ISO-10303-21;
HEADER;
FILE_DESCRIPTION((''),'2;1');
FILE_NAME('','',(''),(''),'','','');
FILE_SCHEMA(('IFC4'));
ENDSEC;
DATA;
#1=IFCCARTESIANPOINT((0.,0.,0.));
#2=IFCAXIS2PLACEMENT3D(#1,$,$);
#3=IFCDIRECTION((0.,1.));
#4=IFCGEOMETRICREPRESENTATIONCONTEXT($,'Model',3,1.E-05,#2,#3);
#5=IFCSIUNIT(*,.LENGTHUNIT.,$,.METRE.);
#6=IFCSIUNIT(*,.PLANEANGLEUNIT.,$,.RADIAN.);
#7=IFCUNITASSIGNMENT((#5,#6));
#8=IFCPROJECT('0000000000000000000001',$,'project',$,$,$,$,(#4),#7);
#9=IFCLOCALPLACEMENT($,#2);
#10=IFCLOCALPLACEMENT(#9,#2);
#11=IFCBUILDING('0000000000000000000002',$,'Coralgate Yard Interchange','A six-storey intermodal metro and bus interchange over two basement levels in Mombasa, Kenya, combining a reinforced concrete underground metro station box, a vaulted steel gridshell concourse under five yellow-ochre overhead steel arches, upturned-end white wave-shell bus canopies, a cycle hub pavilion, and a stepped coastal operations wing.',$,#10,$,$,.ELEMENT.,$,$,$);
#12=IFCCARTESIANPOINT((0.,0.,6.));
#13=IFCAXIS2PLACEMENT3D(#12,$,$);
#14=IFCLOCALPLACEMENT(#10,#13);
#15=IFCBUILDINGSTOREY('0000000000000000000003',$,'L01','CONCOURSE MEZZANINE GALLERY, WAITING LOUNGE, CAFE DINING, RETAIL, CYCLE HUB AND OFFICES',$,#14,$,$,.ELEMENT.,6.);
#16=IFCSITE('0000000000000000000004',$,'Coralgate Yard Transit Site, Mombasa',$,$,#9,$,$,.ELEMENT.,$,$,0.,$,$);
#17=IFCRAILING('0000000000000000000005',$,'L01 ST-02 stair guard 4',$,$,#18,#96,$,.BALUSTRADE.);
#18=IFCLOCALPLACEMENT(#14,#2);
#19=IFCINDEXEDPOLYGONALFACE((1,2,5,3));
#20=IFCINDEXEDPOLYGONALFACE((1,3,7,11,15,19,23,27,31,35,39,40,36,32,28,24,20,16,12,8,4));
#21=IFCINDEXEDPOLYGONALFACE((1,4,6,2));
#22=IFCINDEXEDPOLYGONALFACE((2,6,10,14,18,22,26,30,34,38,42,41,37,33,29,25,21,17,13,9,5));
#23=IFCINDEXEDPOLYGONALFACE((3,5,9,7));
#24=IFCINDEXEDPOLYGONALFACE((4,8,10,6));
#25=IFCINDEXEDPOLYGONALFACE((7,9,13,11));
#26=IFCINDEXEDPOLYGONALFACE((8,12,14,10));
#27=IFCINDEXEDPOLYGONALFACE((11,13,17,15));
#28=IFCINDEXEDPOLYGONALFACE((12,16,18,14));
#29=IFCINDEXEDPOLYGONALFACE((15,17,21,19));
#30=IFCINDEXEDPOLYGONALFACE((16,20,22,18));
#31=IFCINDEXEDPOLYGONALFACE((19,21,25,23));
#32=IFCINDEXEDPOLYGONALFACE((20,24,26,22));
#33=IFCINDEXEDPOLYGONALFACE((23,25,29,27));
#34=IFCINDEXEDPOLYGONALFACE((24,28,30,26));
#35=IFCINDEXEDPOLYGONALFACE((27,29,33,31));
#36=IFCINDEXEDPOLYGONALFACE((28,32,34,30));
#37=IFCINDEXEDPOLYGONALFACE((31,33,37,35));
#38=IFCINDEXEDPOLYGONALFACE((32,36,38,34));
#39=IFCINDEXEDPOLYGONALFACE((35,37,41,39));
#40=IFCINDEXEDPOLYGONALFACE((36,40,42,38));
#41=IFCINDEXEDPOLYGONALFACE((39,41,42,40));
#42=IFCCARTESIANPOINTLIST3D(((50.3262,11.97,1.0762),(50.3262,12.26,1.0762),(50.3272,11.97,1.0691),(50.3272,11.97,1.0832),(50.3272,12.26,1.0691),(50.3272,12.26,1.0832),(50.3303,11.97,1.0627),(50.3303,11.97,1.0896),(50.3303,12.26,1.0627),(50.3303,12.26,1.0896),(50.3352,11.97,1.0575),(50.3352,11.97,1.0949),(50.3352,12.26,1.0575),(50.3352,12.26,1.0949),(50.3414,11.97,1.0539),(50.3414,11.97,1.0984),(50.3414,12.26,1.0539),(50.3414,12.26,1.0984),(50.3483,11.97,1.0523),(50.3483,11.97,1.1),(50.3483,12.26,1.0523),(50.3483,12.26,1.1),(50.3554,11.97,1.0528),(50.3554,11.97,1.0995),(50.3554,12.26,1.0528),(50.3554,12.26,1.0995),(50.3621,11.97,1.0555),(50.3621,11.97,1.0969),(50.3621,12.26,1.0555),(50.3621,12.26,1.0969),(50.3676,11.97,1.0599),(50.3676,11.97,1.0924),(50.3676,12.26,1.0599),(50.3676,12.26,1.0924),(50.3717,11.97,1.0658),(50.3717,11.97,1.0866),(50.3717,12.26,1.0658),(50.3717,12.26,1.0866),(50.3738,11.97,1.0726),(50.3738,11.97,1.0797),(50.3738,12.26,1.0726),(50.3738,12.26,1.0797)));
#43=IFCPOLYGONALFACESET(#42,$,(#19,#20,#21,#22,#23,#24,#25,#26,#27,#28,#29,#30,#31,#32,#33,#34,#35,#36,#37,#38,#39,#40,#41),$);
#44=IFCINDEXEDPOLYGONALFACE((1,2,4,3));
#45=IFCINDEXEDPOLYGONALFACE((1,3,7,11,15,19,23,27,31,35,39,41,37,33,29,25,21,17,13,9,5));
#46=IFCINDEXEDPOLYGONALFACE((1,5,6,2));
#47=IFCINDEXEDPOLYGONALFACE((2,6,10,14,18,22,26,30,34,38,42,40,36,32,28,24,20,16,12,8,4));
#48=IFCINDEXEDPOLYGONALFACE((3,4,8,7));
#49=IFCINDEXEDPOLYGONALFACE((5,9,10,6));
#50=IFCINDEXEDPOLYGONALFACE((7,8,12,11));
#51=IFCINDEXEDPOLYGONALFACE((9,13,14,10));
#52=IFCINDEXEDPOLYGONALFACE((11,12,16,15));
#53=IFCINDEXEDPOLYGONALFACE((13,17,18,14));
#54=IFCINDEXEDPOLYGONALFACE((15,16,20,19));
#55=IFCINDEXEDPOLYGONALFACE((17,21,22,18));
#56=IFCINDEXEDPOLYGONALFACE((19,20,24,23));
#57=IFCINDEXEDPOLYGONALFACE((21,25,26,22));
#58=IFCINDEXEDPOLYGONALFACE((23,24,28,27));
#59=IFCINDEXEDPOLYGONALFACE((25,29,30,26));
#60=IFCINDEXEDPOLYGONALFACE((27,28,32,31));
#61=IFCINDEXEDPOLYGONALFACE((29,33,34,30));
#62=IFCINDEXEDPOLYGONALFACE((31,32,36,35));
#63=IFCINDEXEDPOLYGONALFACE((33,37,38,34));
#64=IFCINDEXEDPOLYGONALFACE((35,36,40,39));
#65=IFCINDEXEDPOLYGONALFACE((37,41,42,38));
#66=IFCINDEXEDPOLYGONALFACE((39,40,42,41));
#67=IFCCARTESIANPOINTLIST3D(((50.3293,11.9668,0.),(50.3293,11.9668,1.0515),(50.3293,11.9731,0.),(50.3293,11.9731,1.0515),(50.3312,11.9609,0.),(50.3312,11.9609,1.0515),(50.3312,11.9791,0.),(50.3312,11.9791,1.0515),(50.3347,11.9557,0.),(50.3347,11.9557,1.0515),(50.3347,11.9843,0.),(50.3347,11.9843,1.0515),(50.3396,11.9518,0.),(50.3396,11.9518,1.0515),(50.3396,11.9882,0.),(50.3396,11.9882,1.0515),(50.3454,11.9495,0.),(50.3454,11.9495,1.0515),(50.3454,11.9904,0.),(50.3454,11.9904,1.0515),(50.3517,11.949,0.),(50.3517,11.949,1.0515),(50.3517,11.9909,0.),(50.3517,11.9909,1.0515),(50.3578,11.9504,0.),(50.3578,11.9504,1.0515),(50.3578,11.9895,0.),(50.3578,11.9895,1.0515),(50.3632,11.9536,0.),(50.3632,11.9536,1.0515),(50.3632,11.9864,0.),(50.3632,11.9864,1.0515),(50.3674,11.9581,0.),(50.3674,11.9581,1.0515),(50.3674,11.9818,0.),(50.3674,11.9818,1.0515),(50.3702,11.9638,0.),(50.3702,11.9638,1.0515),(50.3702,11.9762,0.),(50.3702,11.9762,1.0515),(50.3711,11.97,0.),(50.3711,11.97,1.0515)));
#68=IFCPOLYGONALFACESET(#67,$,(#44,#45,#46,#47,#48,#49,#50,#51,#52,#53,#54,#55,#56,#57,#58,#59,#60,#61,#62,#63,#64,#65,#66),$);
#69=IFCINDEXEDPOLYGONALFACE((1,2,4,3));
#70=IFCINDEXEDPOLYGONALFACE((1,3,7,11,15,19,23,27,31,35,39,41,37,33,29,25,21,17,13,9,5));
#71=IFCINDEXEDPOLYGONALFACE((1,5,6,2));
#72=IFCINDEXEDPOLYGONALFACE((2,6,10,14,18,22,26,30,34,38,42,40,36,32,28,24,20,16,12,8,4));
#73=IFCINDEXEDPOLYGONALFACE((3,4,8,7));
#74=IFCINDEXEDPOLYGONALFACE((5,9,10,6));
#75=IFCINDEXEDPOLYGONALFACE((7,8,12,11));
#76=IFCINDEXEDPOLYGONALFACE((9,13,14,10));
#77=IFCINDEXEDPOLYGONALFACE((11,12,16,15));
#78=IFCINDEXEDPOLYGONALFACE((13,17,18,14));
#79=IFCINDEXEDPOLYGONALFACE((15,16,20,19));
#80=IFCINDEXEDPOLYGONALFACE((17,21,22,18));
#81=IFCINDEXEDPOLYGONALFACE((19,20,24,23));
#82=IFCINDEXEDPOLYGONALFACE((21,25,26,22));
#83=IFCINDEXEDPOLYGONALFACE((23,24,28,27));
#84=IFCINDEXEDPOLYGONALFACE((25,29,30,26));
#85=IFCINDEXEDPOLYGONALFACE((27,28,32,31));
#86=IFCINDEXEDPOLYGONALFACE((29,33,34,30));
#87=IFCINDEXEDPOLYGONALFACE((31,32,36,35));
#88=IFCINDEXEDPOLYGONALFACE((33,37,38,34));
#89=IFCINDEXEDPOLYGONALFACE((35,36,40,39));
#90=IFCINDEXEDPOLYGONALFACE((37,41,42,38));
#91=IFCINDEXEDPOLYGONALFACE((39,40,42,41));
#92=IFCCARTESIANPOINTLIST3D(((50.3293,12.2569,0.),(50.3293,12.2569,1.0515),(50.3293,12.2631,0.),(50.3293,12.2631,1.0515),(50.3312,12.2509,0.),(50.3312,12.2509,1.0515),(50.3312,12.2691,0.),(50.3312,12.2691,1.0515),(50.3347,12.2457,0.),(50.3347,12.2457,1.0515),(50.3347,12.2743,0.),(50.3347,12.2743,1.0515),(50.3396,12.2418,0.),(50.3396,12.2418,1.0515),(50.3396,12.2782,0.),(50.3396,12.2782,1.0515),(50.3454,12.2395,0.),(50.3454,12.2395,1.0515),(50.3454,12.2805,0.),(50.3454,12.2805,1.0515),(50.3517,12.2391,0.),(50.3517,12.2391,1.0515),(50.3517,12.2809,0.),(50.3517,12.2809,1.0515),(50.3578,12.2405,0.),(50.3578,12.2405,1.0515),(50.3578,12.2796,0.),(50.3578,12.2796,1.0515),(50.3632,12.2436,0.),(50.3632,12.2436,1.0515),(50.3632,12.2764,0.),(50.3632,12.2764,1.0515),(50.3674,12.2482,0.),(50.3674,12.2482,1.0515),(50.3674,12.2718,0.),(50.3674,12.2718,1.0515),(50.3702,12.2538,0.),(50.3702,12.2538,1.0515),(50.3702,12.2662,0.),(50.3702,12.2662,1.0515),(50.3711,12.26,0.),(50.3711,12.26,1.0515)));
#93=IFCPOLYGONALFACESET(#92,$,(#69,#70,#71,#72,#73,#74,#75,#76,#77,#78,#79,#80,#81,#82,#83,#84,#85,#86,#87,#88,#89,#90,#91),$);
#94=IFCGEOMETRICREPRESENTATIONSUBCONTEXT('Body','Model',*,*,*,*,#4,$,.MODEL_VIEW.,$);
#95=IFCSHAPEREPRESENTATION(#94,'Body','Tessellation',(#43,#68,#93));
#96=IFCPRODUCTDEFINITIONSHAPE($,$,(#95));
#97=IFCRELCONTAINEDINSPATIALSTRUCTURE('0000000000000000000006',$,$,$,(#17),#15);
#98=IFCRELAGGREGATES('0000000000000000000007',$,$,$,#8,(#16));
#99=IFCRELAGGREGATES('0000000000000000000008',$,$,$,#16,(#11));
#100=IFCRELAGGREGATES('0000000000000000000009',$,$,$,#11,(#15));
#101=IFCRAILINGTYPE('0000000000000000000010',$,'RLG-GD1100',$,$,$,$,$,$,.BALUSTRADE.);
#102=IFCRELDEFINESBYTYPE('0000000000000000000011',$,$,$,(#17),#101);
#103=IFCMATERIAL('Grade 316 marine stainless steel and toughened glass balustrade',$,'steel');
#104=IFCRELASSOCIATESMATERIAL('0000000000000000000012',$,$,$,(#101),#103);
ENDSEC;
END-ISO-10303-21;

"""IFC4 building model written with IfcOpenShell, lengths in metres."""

from ifc_helpers import new_model, si_unit, direction, frame, origin, origin_2d, place, context, subcontext, project, spatial, circle, extrude, material, type_object, element, save


model = new_model("IFC4")

# Units and contexts
model_context = context("Model", 3, precision=1e-05, world=origin(), true_north=direction((0.0, 1.0)))
body_context = subcontext(model_context, "Body", "Model", "MODEL_VIEW")
ifc_project = project(units=[si_unit("LENGTHUNIT", "METRE"), si_unit("PLANEANGLEUNIT", "RADIAN")], contexts=[model_context])

# Site, building, storey
site_placement = place(None, origin())
site = spatial("IfcSite", under=ifc_project, at=site_placement, Name="Coralgate Yard Transit Site, Mombasa", CompositionType="ELEMENT", RefElevation=0.0)
building_placement = place(site_placement, origin())
building = spatial("IfcBuilding", under=site, at=building_placement, Name="Coralgate Yard Interchange", Description="A six-storey intermodal metro and bus interchange over two basement levels in Mombasa, Kenya, combining a reinforced concrete underground metro station box, a vaulted steel gridshell concourse under five yellow-ochre overhead steel arches, upturned-end white wave-shell bus canopies, a cycle hub pavilion, and a stepped coastal operations wing.", CompositionType="ELEMENT")
storey_placement = place(building_placement, frame((0.0, 0.0, 6.0)))
storey = spatial("IfcBuildingStorey", under=building, at=storey_placement, Name="L01", Description="CONCOURSE MEZZANINE GALLERY, WAITING LOUNGE, CAFE DINING, RETAIL, CYCLE HUB AND OFFICES", CompositionType="ELEMENT", Elevation=6.0)

# Railing
ifc_material_1 = material(Name="Grade 316 marine stainless steel and toughened glass balustrade", Category="steel")
railing_type_1 = type_object("IfcRailingType", Name="RLG-GD1100", PredefinedType="BALUSTRADE", material=ifc_material_1)
railing_1_placement = place(storey_placement, frame((50.3501, 11.97, 0.0)))
element("IfcRailing", 1, at=railing_1_placement, inside=storey, type_object=railing_type_1, Name="L01 ST-02 stair guard 4", PredefinedType="BALUSTRADE", context=body_context, shape_type="SweptSolid", body=[
    extrude(circle(Radius=0.0239, at=origin_2d()), frame((0.0, 0.0, 1.0762), z_axis=(0.0, 1.0, 0.0), x_axis=(-1.0, 0.0, 0.0)), (0.0, 0.0, 1.0), 0.29),
    extrude(circle(Radius=0.021, at=origin_2d()), origin(), (0.0, 0.0, 1.0), 1.0515),
    extrude(circle(Radius=0.021, at=origin_2d()), frame((0.0, 0.29, 0.0)), (0.0, 0.0, 1.0), 1.0515),
])

save(model, "model.ifc")
